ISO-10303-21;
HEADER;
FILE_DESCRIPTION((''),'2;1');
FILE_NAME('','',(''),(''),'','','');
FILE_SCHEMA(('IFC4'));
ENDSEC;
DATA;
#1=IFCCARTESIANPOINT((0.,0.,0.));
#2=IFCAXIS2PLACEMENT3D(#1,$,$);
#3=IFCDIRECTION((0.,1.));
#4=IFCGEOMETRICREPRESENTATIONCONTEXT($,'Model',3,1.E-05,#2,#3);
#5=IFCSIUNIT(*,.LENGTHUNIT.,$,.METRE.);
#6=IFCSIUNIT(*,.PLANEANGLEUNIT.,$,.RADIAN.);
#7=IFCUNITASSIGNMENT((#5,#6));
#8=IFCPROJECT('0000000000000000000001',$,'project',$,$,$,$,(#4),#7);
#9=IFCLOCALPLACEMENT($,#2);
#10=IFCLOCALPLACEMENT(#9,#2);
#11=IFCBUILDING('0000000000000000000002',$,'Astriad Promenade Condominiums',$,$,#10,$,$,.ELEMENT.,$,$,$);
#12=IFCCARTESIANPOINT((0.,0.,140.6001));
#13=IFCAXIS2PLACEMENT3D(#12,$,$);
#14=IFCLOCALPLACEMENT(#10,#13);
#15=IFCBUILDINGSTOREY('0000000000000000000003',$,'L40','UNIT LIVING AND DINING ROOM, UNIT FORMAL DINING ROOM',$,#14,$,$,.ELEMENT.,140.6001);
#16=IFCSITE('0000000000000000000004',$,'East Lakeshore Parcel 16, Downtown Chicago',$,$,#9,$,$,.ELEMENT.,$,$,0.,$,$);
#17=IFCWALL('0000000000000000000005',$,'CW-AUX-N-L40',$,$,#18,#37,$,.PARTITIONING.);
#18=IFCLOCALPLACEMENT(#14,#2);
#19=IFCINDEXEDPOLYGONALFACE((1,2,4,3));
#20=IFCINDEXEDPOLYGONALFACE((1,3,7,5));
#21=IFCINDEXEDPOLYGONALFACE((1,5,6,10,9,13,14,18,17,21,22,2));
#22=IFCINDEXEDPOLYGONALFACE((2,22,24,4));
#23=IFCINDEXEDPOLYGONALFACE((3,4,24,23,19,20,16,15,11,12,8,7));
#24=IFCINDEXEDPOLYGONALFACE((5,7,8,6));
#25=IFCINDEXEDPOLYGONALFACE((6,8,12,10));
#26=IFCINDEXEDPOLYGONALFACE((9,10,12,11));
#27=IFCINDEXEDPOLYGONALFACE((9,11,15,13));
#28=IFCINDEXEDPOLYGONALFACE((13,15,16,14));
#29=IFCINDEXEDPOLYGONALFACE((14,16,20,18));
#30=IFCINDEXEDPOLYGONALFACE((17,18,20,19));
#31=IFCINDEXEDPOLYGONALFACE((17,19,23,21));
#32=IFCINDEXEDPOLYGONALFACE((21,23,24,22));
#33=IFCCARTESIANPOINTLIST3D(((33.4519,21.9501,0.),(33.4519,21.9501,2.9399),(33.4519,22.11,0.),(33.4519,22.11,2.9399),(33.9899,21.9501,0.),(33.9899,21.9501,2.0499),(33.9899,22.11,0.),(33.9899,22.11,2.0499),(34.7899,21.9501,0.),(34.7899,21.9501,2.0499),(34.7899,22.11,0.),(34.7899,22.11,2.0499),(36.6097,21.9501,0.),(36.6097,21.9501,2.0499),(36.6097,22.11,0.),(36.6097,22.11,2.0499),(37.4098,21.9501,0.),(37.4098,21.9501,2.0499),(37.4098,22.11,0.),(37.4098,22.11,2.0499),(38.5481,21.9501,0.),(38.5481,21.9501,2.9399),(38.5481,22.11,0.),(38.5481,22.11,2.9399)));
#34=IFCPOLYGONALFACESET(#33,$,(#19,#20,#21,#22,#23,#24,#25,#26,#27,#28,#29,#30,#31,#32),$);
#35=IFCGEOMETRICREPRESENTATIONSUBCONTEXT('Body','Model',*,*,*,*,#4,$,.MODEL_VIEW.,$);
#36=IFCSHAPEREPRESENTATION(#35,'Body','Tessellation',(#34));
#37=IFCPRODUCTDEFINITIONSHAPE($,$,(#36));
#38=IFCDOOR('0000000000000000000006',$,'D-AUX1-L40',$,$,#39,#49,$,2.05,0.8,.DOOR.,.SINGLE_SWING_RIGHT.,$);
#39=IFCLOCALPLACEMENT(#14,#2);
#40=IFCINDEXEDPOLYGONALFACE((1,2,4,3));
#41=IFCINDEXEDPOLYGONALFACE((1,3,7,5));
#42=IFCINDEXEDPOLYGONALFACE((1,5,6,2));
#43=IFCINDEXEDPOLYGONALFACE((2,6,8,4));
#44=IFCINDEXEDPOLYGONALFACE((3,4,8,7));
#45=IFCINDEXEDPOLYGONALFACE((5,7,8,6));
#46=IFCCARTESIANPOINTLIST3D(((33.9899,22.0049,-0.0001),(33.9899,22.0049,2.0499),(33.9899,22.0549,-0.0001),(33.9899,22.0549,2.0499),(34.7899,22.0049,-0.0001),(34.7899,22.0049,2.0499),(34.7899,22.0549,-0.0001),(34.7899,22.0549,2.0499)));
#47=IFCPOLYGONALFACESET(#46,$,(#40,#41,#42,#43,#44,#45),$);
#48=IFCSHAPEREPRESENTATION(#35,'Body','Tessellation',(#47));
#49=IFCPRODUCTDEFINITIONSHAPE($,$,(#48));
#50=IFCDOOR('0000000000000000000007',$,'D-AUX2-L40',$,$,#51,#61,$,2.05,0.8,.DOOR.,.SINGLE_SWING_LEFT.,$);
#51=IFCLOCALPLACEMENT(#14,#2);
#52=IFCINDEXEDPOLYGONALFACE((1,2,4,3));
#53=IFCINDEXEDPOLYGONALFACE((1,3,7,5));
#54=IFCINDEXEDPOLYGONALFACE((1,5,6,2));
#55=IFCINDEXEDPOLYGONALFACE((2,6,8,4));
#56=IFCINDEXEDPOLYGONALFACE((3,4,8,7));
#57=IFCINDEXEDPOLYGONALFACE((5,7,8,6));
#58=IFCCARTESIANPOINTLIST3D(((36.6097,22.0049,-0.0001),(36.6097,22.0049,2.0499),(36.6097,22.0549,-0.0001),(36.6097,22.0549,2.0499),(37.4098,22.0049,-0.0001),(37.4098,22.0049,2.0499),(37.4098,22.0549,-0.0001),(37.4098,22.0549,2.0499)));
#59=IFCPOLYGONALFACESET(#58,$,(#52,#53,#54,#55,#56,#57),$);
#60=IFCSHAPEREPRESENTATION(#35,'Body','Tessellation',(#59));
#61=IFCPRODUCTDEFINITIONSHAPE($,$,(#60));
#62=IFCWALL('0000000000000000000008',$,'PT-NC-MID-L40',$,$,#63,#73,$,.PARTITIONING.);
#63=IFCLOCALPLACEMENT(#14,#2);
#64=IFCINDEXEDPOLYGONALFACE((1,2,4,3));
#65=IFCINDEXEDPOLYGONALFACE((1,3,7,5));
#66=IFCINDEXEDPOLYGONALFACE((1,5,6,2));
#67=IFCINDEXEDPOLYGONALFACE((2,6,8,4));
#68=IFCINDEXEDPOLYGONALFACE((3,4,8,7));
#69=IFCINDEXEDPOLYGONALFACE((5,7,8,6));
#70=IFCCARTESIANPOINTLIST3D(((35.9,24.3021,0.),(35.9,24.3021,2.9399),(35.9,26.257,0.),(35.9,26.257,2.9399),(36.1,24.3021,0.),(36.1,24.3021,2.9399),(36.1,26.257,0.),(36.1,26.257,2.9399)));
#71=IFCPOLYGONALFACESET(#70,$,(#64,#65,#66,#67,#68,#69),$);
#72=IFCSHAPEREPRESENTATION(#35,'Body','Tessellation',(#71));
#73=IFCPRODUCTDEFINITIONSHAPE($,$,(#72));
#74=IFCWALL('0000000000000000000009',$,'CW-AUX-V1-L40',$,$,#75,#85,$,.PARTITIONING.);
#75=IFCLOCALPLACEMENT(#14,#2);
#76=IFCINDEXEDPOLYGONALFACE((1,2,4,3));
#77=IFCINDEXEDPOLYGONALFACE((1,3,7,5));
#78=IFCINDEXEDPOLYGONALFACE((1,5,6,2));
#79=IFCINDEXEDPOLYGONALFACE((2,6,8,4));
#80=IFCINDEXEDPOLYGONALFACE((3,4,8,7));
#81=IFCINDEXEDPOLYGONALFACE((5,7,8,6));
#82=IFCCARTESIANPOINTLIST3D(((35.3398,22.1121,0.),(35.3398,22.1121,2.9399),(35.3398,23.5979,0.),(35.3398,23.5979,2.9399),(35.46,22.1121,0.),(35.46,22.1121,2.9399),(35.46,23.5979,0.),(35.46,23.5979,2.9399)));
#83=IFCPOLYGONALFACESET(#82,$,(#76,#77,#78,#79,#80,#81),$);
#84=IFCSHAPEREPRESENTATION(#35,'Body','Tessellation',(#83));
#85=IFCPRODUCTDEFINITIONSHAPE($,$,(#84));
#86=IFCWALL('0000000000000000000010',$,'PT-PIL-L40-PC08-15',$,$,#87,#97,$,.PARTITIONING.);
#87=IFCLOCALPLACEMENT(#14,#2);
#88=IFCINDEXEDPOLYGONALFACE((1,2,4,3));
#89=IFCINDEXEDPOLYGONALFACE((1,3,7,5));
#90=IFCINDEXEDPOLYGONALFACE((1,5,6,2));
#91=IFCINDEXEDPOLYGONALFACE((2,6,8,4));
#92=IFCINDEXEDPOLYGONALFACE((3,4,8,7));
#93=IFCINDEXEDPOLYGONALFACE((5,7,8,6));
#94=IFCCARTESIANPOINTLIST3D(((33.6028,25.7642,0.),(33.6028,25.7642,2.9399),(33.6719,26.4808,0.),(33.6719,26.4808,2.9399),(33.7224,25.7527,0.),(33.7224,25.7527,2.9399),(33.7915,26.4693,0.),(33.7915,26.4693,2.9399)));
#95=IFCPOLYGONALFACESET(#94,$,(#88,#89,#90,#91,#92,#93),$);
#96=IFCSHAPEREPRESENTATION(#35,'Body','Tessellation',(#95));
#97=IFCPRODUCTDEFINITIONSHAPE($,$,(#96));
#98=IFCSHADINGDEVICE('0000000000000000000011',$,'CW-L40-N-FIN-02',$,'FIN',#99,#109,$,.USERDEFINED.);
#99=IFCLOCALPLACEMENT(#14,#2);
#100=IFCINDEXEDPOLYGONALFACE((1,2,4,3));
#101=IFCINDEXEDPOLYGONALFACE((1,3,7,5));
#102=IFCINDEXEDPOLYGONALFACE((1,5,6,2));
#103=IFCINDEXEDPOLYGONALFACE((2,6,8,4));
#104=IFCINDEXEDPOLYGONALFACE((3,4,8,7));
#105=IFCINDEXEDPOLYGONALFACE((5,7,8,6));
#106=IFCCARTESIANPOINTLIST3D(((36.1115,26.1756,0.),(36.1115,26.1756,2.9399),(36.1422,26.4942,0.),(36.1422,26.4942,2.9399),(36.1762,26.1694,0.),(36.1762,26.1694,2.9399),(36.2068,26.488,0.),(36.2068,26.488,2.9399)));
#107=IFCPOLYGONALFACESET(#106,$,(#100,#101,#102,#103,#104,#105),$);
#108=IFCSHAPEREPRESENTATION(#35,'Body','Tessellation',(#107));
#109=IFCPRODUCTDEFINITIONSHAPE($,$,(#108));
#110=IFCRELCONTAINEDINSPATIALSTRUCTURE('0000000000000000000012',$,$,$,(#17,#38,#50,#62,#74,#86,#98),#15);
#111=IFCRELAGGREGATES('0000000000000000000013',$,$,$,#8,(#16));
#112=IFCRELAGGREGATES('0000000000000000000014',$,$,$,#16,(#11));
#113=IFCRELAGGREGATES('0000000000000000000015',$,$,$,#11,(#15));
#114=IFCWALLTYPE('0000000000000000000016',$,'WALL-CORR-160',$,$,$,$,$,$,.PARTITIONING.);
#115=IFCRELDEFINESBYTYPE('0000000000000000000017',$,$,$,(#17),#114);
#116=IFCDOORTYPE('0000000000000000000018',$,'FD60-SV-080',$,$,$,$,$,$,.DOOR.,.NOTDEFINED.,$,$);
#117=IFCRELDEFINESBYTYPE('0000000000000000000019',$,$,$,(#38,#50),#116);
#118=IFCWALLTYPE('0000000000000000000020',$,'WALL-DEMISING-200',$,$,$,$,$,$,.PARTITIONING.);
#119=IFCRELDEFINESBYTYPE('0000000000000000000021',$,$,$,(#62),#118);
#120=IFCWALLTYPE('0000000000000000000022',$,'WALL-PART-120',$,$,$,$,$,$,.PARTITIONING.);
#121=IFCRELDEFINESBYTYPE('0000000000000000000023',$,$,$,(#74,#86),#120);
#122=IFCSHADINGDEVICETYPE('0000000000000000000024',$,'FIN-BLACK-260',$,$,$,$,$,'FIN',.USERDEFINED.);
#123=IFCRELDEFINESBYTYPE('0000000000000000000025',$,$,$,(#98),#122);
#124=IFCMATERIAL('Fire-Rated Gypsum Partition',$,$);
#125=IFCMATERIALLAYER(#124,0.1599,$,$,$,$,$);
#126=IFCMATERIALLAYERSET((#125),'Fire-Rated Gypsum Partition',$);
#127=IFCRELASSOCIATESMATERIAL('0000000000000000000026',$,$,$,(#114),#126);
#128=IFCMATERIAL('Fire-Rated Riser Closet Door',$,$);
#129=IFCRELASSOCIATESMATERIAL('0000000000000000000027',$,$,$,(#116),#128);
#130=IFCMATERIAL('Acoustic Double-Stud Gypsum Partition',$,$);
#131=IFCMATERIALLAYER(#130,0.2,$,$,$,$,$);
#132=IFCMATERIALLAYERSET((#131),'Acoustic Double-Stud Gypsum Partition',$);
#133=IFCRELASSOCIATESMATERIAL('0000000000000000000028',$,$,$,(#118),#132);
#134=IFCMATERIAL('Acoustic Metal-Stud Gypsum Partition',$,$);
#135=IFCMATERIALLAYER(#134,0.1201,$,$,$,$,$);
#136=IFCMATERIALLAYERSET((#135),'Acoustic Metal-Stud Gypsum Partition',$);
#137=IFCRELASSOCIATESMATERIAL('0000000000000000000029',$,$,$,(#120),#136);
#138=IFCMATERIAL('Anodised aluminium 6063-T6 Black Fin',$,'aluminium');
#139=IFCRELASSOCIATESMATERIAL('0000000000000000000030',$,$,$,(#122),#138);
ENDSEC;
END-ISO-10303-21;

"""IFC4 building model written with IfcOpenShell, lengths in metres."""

from ifc_helpers import new_model, si_unit, direction, frame, frame_2d, origin, origin_2d, place, context, subcontext, project, spatial, rectangle, extrude, source, transform, mapped, material, layer, layer_set, type_object, type_shapes, element, fill, save


model = new_model("IFC4")

# Units and contexts
model_context = context("Model", 3, precision=1e-05, world=origin(), true_north=direction((0.0, 1.0)))
body_context = subcontext(model_context, "Body", "Model", "MODEL_VIEW")
ifc_project = project(units=[si_unit("LENGTHUNIT", "METRE"), si_unit("PLANEANGLEUNIT", "RADIAN")], contexts=[model_context])

# Site, building, storey
site_placement = place(None, origin())
site = spatial("IfcSite", under=ifc_project, at=site_placement, Name="East Lakeshore Parcel 16, Downtown Chicago", CompositionType="ELEMENT", RefElevation=0.0)
building_placement = place(site_placement, origin())
building = spatial("IfcBuilding", under=site, at=building_placement, Name="Astriad Promenade Condominiums", CompositionType="ELEMENT")
storey_placement = place(building_placement, frame((0.0, 0.0, 140.6001)))
storey = spatial("IfcBuildingStorey", under=building, at=storey_placement, Name="L40", Description="UNIT LIVING AND DINING ROOM, UNIT FORMAL DINING ROOM", CompositionType="ELEMENT", Elevation=140.6001)

# Shared definitions
ifc_material_1 = material(Name="Fire-Rated Gypsum Partition")
ifc_layer_1 = layer(ifc_material_1, 0.1599)
ifc_layer_set_1 = layer_set([ifc_layer_1], Name="Fire-Rated Gypsum Partition")
wall_type_1 = type_object("IfcWallType", Name="WALL-CORR-160", PredefinedType="PARTITIONING", material=ifc_layer_set_1)

# Wall, openings, doors
wall_1_placement = place(storey_placement, frame((33.4519, 22.03, 0.0), z_axis=(0.0, 0.0, 1.0), x_axis=(1.0, 0.0, 0.0)))
wall_1 = element("IfcWall", 1, at=wall_1_placement, inside=storey, type_object=wall_type_1, Name="CW-AUX-N-L40", PredefinedType="PARTITIONING", context=body_context, shape_type="SweptSolid", body=[
    extrude(rectangle(XDim=5.0962, YDim=0.1599, at=frame_2d((2.5481, 0.0))), origin(), (0.0, 0.0, 1.0), 2.9399),
])
opening_1_placement = place(wall_1_placement, frame((0.5381, 0.0, 0.0)))
opening_1 = element("IfcOpeningElement", 2, at=opening_1_placement, cuts=wall_1, PredefinedType="OPENING", context=body_context, shape_type="SweptSolid", body=[
    extrude(rectangle(XDim=0.8, YDim=2.05, at=frame_2d((0.3999, 1.0249))), frame((0.0, 0.0898, 0.0), z_axis=(0.0, -1.0, 0.0), x_axis=(1.0, 0.0, 0.0)), (0.0, 0.0, 1.0), 0.1799),
])
opening_2_placement = place(wall_1_placement, frame((3.158, 0.0, 0.0)))
opening_2 = element("IfcOpeningElement", 3, at=opening_2_placement, cuts=wall_1, PredefinedType="OPENING", context=body_context, shape_type="SweptSolid", body=[
    extrude(rectangle(XDim=0.8, YDim=2.05, at=frame_2d((0.3999, 1.0249))), frame((0.0, 0.0898, 0.0), z_axis=(0.0, -1.0, 0.0), x_axis=(1.0, 0.0, 0.0)), (0.0, 0.0, 1.0), 0.1799),
])
ifc_material_2 = material(Name="Fire-Rated Riser Closet Door")
door_type_1 = type_object("IfcDoorType", Name="FD60-SV-080", OperationType="NOTDEFINED", PredefinedType="DOOR", material=ifc_material_2)
shared_shape_1 = source(origin(), body_context, "Body", "SweptSolid", [
    extrude(rectangle(XDim=0.8, YDim=2.05, at=frame_2d((0.3999, 1.0249))), frame((0.0, 0.0249, 0.0), z_axis=(0.0, -1.0, 0.0), x_axis=(1.0, 0.0, 0.0)), (0.0, 0.0, 1.0), 0.05),
])
type_shapes(door_type_1, [shared_shape_1])
door_1_placement = place(opening_1_placement, origin())
door_1 = element("IfcDoor", 4, at=door_1_placement, inside=storey, type_object=door_type_1, Name="D-AUX1-L40", OperationType="SINGLE_SWING_RIGHT", OverallHeight=2.05, OverallWidth=0.8, PredefinedType="DOOR", context=body_context, shape_type="MappedRepresentation", body=[
    mapped(shared_shape_1, transform((0.0, 0.0, 0.0), scale=1.0)),
])
fill(opening_1, door_1)
door_2_placement = place(opening_2_placement, origin())
door_2 = element("IfcDoor", 5, at=door_2_placement, inside=storey, type_object=door_type_1, Name="D-AUX2-L40", OperationType="SINGLE_SWING_LEFT", OverallHeight=2.05, OverallWidth=0.8, PredefinedType="DOOR", context=body_context, shape_type="MappedRepresentation", body=[
    mapped(shared_shape_1, transform((0.0, 0.0, 0.0), scale=1.0)),
])
fill(opening_2, door_2)

# Walls
ifc_material_3 = material(Name="Acoustic Double-Stud Gypsum Partition")
ifc_layer_2 = layer(ifc_material_3, 0.2)
ifc_layer_set_2 = layer_set([ifc_layer_2], Name="Acoustic Double-Stud Gypsum Partition")
wall_type_2 = type_object("IfcWallType", Name="WALL-DEMISING-200", PredefinedType="PARTITIONING", material=ifc_layer_set_2)
wall_2_placement = place(storey_placement, frame((36.0, 24.302, 0.0), z_axis=(0.0, 0.0, 1.0), x_axis=(0.0, 1.0, 0.0)))
element("IfcWall", 6, at=wall_2_placement, inside=storey, type_object=wall_type_2, Name="PT-NC-MID-L40", PredefinedType="PARTITIONING", context=body_context, shape_type="SweptSolid", body=[
    extrude(rectangle(XDim=1.9548, YDim=0.2, at=frame_2d((0.9775, 0.0))), origin(), (0.0, 0.0, 1.0), 2.9399),
])
ifc_material_4 = material(Name="Acoustic Metal-Stud Gypsum Partition")
ifc_layer_3 = layer(ifc_material_4, 0.1201)
ifc_layer_set_3 = layer_set([ifc_layer_3], Name="Acoustic Metal-Stud Gypsum Partition")
wall_type_3 = type_object("IfcWallType", Name="WALL-PART-120", PredefinedType="PARTITIONING", material=ifc_layer_set_3)
wall_3_placement = place(storey_placement, frame((35.3999, 22.1121, 0.0), z_axis=(0.0, 0.0, 1.0), x_axis=(0.0, 1.0, 0.0)))
element("IfcWall", 7, at=wall_3_placement, inside=storey, type_object=wall_type_3, Name="CW-AUX-V1-L40", PredefinedType="PARTITIONING", context=body_context, shape_type="SweptSolid", body=[
    extrude(rectangle(XDim=1.4858, YDim=0.1201, at=frame_2d((0.7429, 0.0))), origin(), (0.0, 0.0, 1.0), 2.9399),
])
wall_4_placement = place(storey_placement, frame((33.6626, 25.7585, 0.0), z_axis=(0.0, 0.0, 1.0), x_axis=(0.095977, 0.995384, 0.0)))
element("IfcWall", 8, at=wall_4_placement, inside=storey, type_object=wall_type_3, Name="PT-PIL-L40-PC08-15", PredefinedType="PARTITIONING", context=body_context, shape_type="SweptSolid", body=[
    extrude(rectangle(XDim=0.72, YDim=0.1201, at=frame_2d((0.3599, 0.0))), origin(), (0.0, 0.0, 1.0), 2.9399),
])

# Shading device
ifc_material_5 = material(Name="Anodised aluminium 6063-T6 Black Fin", Category="aluminium")
shading_device_type = type_object("IfcShadingDeviceType", Name="FIN-BLACK-260", ElementType="FIN", PredefinedType="USERDEFINED", material=ifc_material_5)
shared_shape_2 = source(origin(), body_context, "Body", "SweptSolid", [
    extrude(rectangle(XDim=0.0649, YDim=0.3201, at=origin_2d()), origin(), (0.0, 0.0, 1.0), 2.9399),
])
type_shapes(shading_device_type, [shared_shape_2])
shading_device_placement = place(storey_placement, frame((36.1592, 26.3318, 0.0), z_axis=(0.0, 0.0, 1.0), x_axis=(0.995396, -0.095846, 0.0)))
element("IfcShadingDevice", 9, at=shading_device_placement, inside=storey, type_object=shading_device_type, Name="CW-L40-N-FIN-02", ObjectType="FIN", PredefinedType="USERDEFINED", context=body_context, shape_type="MappedRepresentation", body=[
    mapped(shared_shape_2, transform((0.0, 0.0, 0.0), scale=1.0)),
])

save(model, "model.ifc")
